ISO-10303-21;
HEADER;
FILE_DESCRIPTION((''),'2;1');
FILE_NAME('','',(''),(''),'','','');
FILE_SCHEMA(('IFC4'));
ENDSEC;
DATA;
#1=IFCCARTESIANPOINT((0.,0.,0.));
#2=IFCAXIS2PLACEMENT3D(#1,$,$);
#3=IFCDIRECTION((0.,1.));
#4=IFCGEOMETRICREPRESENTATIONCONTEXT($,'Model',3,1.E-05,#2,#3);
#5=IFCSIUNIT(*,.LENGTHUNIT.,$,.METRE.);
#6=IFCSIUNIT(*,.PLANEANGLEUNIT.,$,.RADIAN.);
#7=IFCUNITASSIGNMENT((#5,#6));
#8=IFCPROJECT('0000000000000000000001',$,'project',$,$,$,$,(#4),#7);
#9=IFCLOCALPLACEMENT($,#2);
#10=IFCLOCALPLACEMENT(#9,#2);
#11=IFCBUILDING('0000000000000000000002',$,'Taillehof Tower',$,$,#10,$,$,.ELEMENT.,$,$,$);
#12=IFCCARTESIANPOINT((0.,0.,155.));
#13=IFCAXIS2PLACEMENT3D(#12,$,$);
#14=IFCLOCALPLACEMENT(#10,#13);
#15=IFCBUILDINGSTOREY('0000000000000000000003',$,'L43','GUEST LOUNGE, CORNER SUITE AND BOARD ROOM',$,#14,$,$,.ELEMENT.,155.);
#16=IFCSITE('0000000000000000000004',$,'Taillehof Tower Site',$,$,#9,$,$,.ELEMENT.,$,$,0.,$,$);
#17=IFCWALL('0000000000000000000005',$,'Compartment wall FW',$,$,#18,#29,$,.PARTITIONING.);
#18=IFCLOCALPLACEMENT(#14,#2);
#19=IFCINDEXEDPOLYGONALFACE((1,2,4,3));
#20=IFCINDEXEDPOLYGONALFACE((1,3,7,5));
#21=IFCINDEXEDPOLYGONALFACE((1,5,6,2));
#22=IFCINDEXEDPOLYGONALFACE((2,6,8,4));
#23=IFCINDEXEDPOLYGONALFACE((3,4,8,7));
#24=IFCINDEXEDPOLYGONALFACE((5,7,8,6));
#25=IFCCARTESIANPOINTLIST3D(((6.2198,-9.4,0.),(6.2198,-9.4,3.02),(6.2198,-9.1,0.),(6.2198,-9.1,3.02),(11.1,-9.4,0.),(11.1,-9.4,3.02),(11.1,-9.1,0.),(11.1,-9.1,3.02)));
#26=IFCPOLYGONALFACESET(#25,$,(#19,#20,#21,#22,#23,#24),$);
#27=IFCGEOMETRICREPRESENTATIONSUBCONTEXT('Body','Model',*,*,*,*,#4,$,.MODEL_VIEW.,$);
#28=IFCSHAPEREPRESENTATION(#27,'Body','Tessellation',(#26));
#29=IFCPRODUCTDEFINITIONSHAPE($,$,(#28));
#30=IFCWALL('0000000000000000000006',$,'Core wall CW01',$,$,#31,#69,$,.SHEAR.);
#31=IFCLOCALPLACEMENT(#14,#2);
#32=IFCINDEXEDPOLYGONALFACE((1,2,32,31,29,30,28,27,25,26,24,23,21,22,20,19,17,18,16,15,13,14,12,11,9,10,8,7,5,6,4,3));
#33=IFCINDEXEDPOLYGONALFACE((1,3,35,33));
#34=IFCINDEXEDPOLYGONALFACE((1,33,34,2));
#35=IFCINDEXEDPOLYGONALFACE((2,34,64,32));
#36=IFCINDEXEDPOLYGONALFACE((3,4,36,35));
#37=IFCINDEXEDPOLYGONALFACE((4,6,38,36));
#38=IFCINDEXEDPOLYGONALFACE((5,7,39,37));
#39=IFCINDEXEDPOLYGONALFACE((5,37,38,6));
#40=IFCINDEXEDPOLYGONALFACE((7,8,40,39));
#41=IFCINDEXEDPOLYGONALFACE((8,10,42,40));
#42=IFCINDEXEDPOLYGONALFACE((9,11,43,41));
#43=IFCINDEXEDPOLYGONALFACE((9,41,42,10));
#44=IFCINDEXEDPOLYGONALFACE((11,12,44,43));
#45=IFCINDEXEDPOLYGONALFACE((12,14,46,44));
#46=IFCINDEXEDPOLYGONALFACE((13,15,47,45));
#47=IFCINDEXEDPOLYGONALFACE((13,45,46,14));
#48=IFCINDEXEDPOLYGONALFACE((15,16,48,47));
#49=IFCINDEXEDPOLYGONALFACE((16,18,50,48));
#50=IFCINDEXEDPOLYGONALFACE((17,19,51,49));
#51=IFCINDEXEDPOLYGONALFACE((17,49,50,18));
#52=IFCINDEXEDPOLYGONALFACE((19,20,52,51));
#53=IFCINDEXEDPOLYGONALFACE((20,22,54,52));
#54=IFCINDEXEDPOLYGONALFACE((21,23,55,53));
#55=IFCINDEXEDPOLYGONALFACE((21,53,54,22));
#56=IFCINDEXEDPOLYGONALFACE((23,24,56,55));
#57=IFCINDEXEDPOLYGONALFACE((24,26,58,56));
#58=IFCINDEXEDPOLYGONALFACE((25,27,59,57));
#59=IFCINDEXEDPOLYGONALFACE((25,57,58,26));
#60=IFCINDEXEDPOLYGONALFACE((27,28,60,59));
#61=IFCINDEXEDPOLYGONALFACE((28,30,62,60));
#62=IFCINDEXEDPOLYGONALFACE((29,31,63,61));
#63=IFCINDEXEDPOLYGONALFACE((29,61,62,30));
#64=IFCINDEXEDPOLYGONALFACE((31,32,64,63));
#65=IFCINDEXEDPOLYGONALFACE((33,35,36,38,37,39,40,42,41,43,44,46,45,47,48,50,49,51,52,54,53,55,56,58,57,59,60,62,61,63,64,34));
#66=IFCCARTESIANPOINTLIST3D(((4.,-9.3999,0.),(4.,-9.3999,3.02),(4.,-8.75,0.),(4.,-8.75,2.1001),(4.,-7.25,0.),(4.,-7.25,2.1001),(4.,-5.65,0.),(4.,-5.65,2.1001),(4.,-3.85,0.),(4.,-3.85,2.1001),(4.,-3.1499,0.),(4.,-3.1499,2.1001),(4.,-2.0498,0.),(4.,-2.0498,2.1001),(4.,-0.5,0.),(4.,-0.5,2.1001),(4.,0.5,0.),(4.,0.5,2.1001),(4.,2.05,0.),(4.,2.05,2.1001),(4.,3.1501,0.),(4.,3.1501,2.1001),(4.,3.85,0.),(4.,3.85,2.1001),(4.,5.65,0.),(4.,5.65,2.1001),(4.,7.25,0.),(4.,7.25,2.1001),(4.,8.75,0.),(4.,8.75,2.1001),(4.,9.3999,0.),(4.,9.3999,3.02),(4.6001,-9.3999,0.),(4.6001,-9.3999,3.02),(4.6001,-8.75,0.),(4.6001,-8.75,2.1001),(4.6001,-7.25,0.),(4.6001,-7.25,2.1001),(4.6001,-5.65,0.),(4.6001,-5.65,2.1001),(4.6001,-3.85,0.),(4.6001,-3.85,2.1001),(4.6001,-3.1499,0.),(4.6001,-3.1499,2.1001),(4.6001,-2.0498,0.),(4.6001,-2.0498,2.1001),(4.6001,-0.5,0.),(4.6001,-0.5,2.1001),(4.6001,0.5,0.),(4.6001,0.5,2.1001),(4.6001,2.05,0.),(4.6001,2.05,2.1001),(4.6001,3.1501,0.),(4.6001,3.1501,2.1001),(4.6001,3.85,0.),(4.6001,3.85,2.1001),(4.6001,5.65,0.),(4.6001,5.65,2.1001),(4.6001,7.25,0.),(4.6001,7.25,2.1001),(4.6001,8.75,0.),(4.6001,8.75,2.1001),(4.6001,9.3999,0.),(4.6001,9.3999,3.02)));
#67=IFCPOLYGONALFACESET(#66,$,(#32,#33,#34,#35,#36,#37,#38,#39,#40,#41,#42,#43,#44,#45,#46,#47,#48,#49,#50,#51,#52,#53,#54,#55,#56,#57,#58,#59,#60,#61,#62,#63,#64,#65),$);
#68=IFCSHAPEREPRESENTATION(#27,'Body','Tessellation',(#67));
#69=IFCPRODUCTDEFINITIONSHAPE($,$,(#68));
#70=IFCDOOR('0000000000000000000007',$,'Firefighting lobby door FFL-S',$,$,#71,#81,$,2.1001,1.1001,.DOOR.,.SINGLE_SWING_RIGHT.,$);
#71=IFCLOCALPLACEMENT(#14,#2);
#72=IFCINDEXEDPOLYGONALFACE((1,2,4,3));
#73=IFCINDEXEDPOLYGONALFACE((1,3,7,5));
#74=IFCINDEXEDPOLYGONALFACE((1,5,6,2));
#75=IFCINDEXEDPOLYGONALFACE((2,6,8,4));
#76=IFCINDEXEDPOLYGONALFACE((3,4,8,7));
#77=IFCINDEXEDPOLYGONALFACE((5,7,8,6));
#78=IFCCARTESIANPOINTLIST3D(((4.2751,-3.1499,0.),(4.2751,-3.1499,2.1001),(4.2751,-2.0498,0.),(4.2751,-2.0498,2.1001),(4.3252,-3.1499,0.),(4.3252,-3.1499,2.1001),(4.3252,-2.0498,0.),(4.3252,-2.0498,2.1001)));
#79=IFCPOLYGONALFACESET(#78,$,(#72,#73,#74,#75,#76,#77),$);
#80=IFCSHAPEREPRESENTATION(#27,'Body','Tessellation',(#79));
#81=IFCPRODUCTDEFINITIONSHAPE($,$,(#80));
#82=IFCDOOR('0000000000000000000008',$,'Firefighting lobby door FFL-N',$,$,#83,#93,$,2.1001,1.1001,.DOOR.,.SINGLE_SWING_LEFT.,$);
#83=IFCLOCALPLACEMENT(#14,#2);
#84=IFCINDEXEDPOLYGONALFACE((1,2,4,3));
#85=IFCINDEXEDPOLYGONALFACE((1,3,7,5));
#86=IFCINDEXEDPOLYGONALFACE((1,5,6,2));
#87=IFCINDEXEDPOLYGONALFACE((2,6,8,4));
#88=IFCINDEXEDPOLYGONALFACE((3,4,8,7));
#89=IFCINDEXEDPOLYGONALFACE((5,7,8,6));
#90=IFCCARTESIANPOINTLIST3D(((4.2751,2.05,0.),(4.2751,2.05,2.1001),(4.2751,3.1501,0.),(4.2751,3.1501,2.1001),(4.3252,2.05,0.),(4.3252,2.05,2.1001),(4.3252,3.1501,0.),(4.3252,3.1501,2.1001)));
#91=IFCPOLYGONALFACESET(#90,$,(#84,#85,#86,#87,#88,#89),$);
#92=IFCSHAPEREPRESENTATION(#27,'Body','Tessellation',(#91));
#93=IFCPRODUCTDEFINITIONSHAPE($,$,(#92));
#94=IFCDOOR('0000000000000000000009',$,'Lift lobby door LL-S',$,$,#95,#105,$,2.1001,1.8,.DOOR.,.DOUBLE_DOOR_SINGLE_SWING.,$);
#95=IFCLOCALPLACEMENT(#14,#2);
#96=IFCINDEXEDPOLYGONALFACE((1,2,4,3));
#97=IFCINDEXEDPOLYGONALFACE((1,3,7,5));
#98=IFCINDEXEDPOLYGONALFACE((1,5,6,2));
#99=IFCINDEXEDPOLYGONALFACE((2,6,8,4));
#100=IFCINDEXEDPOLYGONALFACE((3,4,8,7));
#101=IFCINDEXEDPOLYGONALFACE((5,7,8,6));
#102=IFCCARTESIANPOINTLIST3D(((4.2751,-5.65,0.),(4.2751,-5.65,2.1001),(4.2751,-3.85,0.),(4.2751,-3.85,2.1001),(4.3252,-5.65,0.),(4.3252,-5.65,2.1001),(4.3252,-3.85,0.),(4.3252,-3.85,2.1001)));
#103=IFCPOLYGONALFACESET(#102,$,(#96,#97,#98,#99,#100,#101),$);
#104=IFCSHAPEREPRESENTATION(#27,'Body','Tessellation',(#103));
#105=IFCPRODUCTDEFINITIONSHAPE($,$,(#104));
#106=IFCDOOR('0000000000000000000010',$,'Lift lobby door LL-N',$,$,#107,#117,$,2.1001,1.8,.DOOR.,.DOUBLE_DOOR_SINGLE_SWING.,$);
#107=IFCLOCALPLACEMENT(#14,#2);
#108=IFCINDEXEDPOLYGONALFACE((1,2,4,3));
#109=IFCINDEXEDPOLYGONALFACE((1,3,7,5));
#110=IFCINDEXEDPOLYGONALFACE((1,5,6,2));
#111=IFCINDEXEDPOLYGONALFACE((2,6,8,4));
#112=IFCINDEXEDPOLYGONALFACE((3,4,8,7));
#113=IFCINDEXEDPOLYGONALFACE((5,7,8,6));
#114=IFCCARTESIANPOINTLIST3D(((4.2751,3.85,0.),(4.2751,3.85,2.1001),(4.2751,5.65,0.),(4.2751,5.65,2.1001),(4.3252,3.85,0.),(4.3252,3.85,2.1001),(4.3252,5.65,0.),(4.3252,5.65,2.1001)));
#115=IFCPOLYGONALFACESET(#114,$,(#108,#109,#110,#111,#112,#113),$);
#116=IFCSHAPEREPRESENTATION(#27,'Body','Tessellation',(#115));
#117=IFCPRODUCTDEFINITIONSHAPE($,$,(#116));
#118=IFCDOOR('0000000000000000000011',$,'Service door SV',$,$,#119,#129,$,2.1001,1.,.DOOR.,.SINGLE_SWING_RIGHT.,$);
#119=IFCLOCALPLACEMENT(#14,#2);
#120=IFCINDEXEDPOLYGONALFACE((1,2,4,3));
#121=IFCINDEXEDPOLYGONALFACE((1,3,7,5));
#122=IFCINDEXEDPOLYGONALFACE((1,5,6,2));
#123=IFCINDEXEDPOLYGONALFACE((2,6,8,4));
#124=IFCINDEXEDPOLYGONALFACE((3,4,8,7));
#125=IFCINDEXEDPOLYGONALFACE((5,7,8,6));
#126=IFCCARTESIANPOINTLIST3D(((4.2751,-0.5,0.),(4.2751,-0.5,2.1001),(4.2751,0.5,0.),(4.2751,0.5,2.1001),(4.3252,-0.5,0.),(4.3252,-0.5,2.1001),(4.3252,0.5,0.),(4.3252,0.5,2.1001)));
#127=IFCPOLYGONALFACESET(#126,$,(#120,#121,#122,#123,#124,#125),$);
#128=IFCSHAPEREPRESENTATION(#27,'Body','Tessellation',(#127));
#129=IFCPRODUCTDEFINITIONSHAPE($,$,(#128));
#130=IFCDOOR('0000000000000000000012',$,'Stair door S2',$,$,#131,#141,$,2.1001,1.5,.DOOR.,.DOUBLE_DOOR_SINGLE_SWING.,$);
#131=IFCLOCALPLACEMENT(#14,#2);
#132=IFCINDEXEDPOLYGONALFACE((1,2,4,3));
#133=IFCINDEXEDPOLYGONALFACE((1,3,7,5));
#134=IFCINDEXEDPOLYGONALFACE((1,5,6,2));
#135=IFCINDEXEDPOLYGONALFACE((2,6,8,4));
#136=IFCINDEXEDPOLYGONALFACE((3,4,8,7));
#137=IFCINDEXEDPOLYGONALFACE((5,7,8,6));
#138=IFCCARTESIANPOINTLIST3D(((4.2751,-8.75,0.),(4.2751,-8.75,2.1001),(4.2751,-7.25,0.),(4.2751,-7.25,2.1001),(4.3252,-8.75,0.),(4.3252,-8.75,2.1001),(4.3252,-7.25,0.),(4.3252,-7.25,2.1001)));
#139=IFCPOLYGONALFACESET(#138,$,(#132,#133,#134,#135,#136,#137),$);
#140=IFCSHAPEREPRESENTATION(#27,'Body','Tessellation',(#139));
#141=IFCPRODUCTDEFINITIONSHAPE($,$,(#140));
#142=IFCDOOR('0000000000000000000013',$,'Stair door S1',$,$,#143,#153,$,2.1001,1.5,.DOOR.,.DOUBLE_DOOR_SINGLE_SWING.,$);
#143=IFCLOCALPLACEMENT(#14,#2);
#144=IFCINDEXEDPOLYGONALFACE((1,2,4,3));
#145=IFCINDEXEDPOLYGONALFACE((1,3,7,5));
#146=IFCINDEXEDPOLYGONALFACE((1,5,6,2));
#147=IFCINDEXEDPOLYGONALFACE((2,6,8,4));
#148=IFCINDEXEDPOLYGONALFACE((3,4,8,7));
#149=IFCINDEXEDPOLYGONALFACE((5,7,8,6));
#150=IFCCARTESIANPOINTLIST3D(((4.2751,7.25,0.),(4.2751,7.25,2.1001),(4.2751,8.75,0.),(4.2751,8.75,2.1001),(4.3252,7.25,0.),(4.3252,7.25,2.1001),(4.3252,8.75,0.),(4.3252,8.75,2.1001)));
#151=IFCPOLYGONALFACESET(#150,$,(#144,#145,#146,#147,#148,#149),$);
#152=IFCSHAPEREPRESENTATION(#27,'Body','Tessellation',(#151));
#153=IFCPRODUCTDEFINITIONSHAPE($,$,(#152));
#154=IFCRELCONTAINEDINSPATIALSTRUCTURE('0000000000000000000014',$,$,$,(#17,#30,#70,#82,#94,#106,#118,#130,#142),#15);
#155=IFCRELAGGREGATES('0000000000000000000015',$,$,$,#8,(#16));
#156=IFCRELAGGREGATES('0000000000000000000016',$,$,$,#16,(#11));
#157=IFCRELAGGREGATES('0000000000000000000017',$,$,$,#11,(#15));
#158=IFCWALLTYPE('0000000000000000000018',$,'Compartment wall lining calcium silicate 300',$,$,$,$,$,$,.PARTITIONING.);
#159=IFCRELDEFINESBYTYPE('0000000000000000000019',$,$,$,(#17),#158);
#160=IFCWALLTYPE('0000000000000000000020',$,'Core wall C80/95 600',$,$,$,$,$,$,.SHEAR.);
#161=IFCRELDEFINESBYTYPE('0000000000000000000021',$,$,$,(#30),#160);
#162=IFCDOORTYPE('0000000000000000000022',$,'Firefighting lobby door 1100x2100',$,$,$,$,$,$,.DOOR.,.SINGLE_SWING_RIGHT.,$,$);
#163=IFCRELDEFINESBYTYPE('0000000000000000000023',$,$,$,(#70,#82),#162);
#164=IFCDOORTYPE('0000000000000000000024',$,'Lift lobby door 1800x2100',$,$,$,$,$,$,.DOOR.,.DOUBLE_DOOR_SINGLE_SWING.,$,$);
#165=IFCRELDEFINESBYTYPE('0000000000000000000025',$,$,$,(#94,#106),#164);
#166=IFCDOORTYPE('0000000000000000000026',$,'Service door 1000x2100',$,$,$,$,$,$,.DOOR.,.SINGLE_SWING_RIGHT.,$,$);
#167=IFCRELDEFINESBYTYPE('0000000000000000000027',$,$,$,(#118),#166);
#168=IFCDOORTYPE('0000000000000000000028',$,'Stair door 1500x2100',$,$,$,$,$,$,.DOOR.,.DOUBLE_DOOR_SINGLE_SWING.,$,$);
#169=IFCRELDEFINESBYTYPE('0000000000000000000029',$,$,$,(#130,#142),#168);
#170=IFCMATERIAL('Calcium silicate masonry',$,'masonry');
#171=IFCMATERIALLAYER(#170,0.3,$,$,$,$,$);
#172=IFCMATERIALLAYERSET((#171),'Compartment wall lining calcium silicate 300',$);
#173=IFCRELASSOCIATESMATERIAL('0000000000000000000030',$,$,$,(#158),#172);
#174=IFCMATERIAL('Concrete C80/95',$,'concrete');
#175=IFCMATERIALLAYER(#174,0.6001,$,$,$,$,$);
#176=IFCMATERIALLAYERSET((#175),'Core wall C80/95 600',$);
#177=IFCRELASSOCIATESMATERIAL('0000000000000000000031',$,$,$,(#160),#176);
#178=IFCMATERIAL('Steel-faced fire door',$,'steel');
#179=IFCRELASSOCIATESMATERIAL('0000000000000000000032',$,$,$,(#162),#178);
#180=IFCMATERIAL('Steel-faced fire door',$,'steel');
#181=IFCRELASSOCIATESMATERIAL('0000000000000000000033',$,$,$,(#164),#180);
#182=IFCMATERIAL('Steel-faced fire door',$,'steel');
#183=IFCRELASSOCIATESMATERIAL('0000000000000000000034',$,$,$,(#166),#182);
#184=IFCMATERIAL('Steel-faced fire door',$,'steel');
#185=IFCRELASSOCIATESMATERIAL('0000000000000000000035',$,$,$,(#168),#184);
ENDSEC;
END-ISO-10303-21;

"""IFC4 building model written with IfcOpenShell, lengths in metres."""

from ifc_helpers import new_model, si_unit, direction, frame, frame_2d, origin, place, context, subcontext, project, spatial, rectangle, extrude, material, layer, layer_set, type_object, element, fill, save


model = new_model("IFC4")

# Units and contexts
model_context = context("Model", 3, precision=1e-05, world=origin(), true_north=direction((0.0, 1.0)))
body_context = subcontext(model_context, "Body", "Model", "MODEL_VIEW")
ifc_project = project(units=[si_unit("LENGTHUNIT", "METRE"), si_unit("PLANEANGLEUNIT", "RADIAN")], contexts=[model_context])

# Site, building, storey
site_placement = place(None, origin())
site = spatial("IfcSite", under=ifc_project, at=site_placement, Name="Taillehof Tower Site", CompositionType="ELEMENT", RefElevation=0.0)
building_placement = place(site_placement, origin())
building = spatial("IfcBuilding", under=site, at=building_placement, Name="Taillehof Tower", CompositionType="ELEMENT")
storey_placement = place(building_placement, frame((0.0, 0.0, 155.0)))
storey = spatial("IfcBuildingStorey", under=building, at=storey_placement, Name="L43", Description="GUEST LOUNGE, CORNER SUITE AND BOARD ROOM", CompositionType="ELEMENT", Elevation=155.0)

# Wall
ifc_material_1 = material(Name="Calcium silicate masonry", Category="masonry")
ifc_layer_1 = layer(ifc_material_1, 0.3)
ifc_layer_set_1 = layer_set([ifc_layer_1], Name="Compartment wall lining calcium silicate 300")
wall_type_1 = type_object("IfcWallType", Name="Compartment wall lining calcium silicate 300", PredefinedType="PARTITIONING", material=ifc_layer_set_1)
wall_1_placement = place(storey_placement, frame((6.22, -9.25, 0.0), z_axis=(0.0, 0.0, 1.0), x_axis=(1.0, 0.0, 0.0)))
element("IfcWall", 1, at=wall_1_placement, inside=storey, type_object=wall_type_1, Name="Compartment wall FW", PredefinedType="PARTITIONING", context=body_context, shape_type="SweptSolid", body=[
    extrude(rectangle(XDim=4.8801, YDim=0.3, at=frame_2d((2.4399, 0.0))), origin(), (0.0, 0.0, 1.0), 3.02),
])

# Wall, openings, doors
ifc_material_2 = material(Name="Concrete C80/95", Category="concrete")
ifc_layer_2 = layer(ifc_material_2, 0.6001)
ifc_layer_set_2 = layer_set([ifc_layer_2], Name="Core wall C80/95 600")
wall_type_2 = type_object("IfcWallType", Name="Core wall C80/95 600", PredefinedType="SHEAR", material=ifc_layer_set_2)
wall_2_placement = place(storey_placement, frame((4.3, -9.3999, 0.0), z_axis=(0.0, 0.0, 1.0), x_axis=(0.0, 1.0, 0.0)))
wall_2 = element("IfcWall", 2, at=wall_2_placement, inside=storey, type_object=wall_type_2, Name="Core wall CW01", PredefinedType="SHEAR", context=body_context, shape_type="SweptSolid", body=[
    extrude(rectangle(XDim=18.7998, YDim=0.6001, at=frame_2d((9.3999, 0.0))), origin(), (0.0, 0.0, 1.0), 3.02),
])
opening_1_placement = place(wall_2_placement, frame((0.6499, 0.0, 0.0)))
opening_1 = element("IfcOpeningElement", 3, at=opening_1_placement, cuts=wall_2, PredefinedType="OPENING", context=body_context, shape_type="SweptSolid", body=[
    extrude(rectangle(XDim=1.5, YDim=2.1001, at=frame_2d((0.75, 1.05))), frame((0.0, 0.3101, 0.0), z_axis=(0.0, -1.0, 0.0), x_axis=(1.0, 0.0, 0.0)), (0.0, 0.0, 1.0), 0.6201),
])
opening_2_placement = place(wall_2_placement, frame((3.75, 0.0, 0.0)))
opening_2 = element("IfcOpeningElement", 4, at=opening_2_placement, cuts=wall_2, PredefinedType="OPENING", context=body_context, shape_type="SweptSolid", body=[
    extrude(rectangle(XDim=1.8, YDim=2.1001, at=frame_2d((0.8999, 1.05))), frame((0.0, 0.3101, 0.0), z_axis=(0.0, -1.0, 0.0), x_axis=(1.0, 0.0, 0.0)), (0.0, 0.0, 1.0), 0.6201),
])
opening_3_placement = place(wall_2_placement, frame((6.25, 0.0, 0.0)))
opening_3 = element("IfcOpeningElement", 5, at=opening_3_placement, cuts=wall_2, PredefinedType="OPENING", context=body_context, shape_type="SweptSolid", body=[
    extrude(rectangle(XDim=1.1001, YDim=2.1001, at=frame_2d((0.55, 1.05))), frame((0.0, 0.3101, 0.0), z_axis=(0.0, -1.0, 0.0), x_axis=(1.0, 0.0, 0.0)), (0.0, 0.0, 1.0), 0.6201),
])
opening_4_placement = place(wall_2_placement, frame((8.8999, 0.0, 0.0)))
opening_4 = element("IfcOpeningElement", 6, at=opening_4_placement, cuts=wall_2, PredefinedType="OPENING", context=body_context, shape_type="SweptSolid", body=[
    extrude(rectangle(XDim=1.0, YDim=2.1001, at=frame_2d((0.5, 1.05))), frame((0.0, 0.3101, 0.0), z_axis=(0.0, -1.0, 0.0), x_axis=(1.0, 0.0, 0.0)), (0.0, 0.0, 1.0), 0.6201),
])
opening_5_placement = place(wall_2_placement, frame((11.45, 0.0, 0.0)))
opening_5 = element("IfcOpeningElement", 7, at=opening_5_placement, cuts=wall_2, PredefinedType="OPENING", context=body_context, shape_type="SweptSolid", body=[
    extrude(rectangle(XDim=1.1001, YDim=2.1001, at=frame_2d((0.55, 1.05))), frame((0.0, 0.3101, 0.0), z_axis=(0.0, -1.0, 0.0), x_axis=(1.0, 0.0, 0.0)), (0.0, 0.0, 1.0), 0.6201),
])
opening_6_placement = place(wall_2_placement, frame((13.25, 0.0, 0.0)))
opening_6 = element("IfcOpeningElement", 8, at=opening_6_placement, cuts=wall_2, PredefinedType="OPENING", context=body_context, shape_type="SweptSolid", body=[
    extrude(rectangle(XDim=1.8, YDim=2.1001, at=frame_2d((0.8999, 1.05))), frame((0.0, 0.3101, 0.0), z_axis=(0.0, -1.0, 0.0), x_axis=(1.0, 0.0, 0.0)), (0.0, 0.0, 1.0), 0.6201),
])
opening_7_placement = place(wall_2_placement, frame((16.6499, 0.0, 0.0)))
opening_7 = element("IfcOpeningElement", 9, at=opening_7_placement, cuts=wall_2, PredefinedType="OPENING", context=body_context, shape_type="SweptSolid", body=[
    extrude(rectangle(XDim=1.5, YDim=2.1001, at=frame_2d((0.75, 1.05))), frame((0.0, 0.3101, 0.0), z_axis=(0.0, -1.0, 0.0), x_axis=(1.0, 0.0, 0.0)), (0.0, 0.0, 1.0), 0.6201),
])
ifc_material_3 = material(Name="Steel-faced fire door", Category="steel")
door_type_1 = type_object("IfcDoorType", Name="Firefighting lobby door 1100x2100", OperationType="SINGLE_SWING_RIGHT", PredefinedType="DOOR", material=ifc_material_3)
door_1_placement = place(opening_3_placement, origin())
door_1 = element("IfcDoor", 10, at=door_1_placement, inside=storey, type_object=door_type_1, Name="Firefighting lobby door FFL-S", OperationType="SINGLE_SWING_RIGHT", OverallHeight=2.1001, OverallWidth=1.1001, PredefinedType="DOOR", context=body_context, shape_type="SweptSolid", body=[
    extrude(rectangle(XDim=1.1001, YDim=2.1001, at=frame_2d((0.55, 1.05))), frame((0.0, 0.0249, 0.0), z_axis=(0.0, -1.0, 0.0), x_axis=(1.0, 0.0, 0.0)), (0.0, 0.0, 1.0), 0.05),
])
fill(opening_3, door_1)
door_2_placement = place(opening_5_placement, origin())
door_2 = element("IfcDoor", 11, at=door_2_placement, inside=storey, type_object=door_type_1, Name="Firefighting lobby door FFL-N", OperationType="SINGLE_SWING_LEFT", OverallHeight=2.1001, OverallWidth=1.1001, PredefinedType="DOOR", context=body_context, shape_type="SweptSolid", body=[
    extrude(rectangle(XDim=1.1001, YDim=2.1001, at=frame_2d((0.55, 1.05))), frame((0.0, 0.0249, 0.0), z_axis=(0.0, -1.0, 0.0), x_axis=(1.0, 0.0, 0.0)), (0.0, 0.0, 1.0), 0.05),
])
fill(opening_5, door_2)
ifc_material_4 = material(Name="Steel-faced fire door", Category="steel")
door_type_2 = type_object("IfcDoorType", Name="Lift lobby door 1800x2100", OperationType="DOUBLE_DOOR_SINGLE_SWING", PredefinedType="DOOR", material=ifc_material_4)
door_3_placement = place(opening_2_placement, origin())
door_3 = element("IfcDoor", 12, at=door_3_placement, inside=storey, type_object=door_type_2, Name="Lift lobby door LL-S", OperationType="DOUBLE_DOOR_SINGLE_SWING", OverallHeight=2.1001, OverallWidth=1.8, PredefinedType="DOOR", context=body_context, shape_type="SweptSolid", body=[
    extrude(rectangle(XDim=1.8, YDim=2.1001, at=frame_2d((0.8999, 1.05))), frame((0.0, 0.0249, 0.0), z_axis=(0.0, -1.0, 0.0), x_axis=(1.0, 0.0, 0.0)), (0.0, 0.0, 1.0), 0.05),
])
fill(opening_2, door_3)
door_4_placement = place(opening_6_placement, origin())
door_4 = element("IfcDoor", 13, at=door_4_placement, inside=storey, type_object=door_type_2, Name="Lift lobby door LL-N", OperationType="DOUBLE_DOOR_SINGLE_SWING", OverallHeight=2.1001, OverallWidth=1.8, PredefinedType="DOOR", context=body_context, shape_type="SweptSolid", body=[
    extrude(rectangle(XDim=1.8, YDim=2.1001, at=frame_2d((0.8999, 1.05))), frame((0.0, 0.0249, 0.0), z_axis=(0.0, -1.0, 0.0), x_axis=(1.0, 0.0, 0.0)), (0.0, 0.0, 1.0), 0.05),
])
fill(opening_6, door_4)
ifc_material_5 = material(Name="Steel-faced fire door", Category="steel")
door_type_3 = type_object("IfcDoorType", Name="Service door 1000x2100", OperationType="SINGLE_SWING_RIGHT", PredefinedType="DOOR", material=ifc_material_5)
door_5_placement = place(opening_4_placement, origin())
door_5 = element("IfcDoor", 14, at=door_5_placement, inside=storey, type_object=door_type_3, Name="Service door SV", OperationType="SINGLE_SWING_RIGHT", OverallHeight=2.1001, OverallWidth=1.0, PredefinedType="DOOR", context=body_context, shape_type="SweptSolid", body=[
    extrude(rectangle(XDim=1.0, YDim=2.1001, at=frame_2d((0.5, 1.05))), frame((0.0, 0.0249, 0.0), z_axis=(0.0, -1.0, 0.0), x_axis=(1.0, 0.0, 0.0)), (0.0, 0.0, 1.0), 0.05),
])
fill(opening_4, door_5)
ifc_material_6 = material(Name="Steel-faced fire door", Category="steel")
door_type_4 = type_object("IfcDoorType", Name="Stair door 1500x2100", OperationType="DOUBLE_DOOR_SINGLE_SWING", PredefinedType="DOOR", material=ifc_material_6)
door_6_placement = place(opening_1_placement, origin())
door_6 = element("IfcDoor", 15, at=door_6_placement, inside=storey, type_object=door_type_4, Name="Stair door S2", OperationType="DOUBLE_DOOR_SINGLE_SWING", OverallHeight=2.1001, OverallWidth=1.5, PredefinedType="DOOR", context=body_context, shape_type="SweptSolid", body=[
    extrude(rectangle(XDim=1.5, YDim=2.1001, at=frame_2d((0.75, 1.05))), frame((0.0, 0.0249, 0.0), z_axis=(0.0, -1.0, 0.0), x_axis=(1.0, 0.0, 0.0)), (0.0, 0.0, 1.0), 0.05),
])
fill(opening_1, door_6)
door_7_placement = place(opening_7_placement, origin())
door_7 = element("IfcDoor", 16, at=door_7_placement, inside=storey, type_object=door_type_4, Name="Stair door S1", OperationType="DOUBLE_DOOR_SINGLE_SWING", OverallHeight=2.1001, OverallWidth=1.5, PredefinedType="DOOR", context=body_context, shape_type="SweptSolid", body=[
    extrude(rectangle(XDim=1.5, YDim=2.1001, at=frame_2d((0.75, 1.05))), frame((0.0, 0.0249, 0.0), z_axis=(0.0, -1.0, 0.0), x_axis=(1.0, 0.0, 0.0)), (0.0, 0.0, 1.0), 0.05),
])
fill(opening_7, door_7)

save(model, "model.ifc")
